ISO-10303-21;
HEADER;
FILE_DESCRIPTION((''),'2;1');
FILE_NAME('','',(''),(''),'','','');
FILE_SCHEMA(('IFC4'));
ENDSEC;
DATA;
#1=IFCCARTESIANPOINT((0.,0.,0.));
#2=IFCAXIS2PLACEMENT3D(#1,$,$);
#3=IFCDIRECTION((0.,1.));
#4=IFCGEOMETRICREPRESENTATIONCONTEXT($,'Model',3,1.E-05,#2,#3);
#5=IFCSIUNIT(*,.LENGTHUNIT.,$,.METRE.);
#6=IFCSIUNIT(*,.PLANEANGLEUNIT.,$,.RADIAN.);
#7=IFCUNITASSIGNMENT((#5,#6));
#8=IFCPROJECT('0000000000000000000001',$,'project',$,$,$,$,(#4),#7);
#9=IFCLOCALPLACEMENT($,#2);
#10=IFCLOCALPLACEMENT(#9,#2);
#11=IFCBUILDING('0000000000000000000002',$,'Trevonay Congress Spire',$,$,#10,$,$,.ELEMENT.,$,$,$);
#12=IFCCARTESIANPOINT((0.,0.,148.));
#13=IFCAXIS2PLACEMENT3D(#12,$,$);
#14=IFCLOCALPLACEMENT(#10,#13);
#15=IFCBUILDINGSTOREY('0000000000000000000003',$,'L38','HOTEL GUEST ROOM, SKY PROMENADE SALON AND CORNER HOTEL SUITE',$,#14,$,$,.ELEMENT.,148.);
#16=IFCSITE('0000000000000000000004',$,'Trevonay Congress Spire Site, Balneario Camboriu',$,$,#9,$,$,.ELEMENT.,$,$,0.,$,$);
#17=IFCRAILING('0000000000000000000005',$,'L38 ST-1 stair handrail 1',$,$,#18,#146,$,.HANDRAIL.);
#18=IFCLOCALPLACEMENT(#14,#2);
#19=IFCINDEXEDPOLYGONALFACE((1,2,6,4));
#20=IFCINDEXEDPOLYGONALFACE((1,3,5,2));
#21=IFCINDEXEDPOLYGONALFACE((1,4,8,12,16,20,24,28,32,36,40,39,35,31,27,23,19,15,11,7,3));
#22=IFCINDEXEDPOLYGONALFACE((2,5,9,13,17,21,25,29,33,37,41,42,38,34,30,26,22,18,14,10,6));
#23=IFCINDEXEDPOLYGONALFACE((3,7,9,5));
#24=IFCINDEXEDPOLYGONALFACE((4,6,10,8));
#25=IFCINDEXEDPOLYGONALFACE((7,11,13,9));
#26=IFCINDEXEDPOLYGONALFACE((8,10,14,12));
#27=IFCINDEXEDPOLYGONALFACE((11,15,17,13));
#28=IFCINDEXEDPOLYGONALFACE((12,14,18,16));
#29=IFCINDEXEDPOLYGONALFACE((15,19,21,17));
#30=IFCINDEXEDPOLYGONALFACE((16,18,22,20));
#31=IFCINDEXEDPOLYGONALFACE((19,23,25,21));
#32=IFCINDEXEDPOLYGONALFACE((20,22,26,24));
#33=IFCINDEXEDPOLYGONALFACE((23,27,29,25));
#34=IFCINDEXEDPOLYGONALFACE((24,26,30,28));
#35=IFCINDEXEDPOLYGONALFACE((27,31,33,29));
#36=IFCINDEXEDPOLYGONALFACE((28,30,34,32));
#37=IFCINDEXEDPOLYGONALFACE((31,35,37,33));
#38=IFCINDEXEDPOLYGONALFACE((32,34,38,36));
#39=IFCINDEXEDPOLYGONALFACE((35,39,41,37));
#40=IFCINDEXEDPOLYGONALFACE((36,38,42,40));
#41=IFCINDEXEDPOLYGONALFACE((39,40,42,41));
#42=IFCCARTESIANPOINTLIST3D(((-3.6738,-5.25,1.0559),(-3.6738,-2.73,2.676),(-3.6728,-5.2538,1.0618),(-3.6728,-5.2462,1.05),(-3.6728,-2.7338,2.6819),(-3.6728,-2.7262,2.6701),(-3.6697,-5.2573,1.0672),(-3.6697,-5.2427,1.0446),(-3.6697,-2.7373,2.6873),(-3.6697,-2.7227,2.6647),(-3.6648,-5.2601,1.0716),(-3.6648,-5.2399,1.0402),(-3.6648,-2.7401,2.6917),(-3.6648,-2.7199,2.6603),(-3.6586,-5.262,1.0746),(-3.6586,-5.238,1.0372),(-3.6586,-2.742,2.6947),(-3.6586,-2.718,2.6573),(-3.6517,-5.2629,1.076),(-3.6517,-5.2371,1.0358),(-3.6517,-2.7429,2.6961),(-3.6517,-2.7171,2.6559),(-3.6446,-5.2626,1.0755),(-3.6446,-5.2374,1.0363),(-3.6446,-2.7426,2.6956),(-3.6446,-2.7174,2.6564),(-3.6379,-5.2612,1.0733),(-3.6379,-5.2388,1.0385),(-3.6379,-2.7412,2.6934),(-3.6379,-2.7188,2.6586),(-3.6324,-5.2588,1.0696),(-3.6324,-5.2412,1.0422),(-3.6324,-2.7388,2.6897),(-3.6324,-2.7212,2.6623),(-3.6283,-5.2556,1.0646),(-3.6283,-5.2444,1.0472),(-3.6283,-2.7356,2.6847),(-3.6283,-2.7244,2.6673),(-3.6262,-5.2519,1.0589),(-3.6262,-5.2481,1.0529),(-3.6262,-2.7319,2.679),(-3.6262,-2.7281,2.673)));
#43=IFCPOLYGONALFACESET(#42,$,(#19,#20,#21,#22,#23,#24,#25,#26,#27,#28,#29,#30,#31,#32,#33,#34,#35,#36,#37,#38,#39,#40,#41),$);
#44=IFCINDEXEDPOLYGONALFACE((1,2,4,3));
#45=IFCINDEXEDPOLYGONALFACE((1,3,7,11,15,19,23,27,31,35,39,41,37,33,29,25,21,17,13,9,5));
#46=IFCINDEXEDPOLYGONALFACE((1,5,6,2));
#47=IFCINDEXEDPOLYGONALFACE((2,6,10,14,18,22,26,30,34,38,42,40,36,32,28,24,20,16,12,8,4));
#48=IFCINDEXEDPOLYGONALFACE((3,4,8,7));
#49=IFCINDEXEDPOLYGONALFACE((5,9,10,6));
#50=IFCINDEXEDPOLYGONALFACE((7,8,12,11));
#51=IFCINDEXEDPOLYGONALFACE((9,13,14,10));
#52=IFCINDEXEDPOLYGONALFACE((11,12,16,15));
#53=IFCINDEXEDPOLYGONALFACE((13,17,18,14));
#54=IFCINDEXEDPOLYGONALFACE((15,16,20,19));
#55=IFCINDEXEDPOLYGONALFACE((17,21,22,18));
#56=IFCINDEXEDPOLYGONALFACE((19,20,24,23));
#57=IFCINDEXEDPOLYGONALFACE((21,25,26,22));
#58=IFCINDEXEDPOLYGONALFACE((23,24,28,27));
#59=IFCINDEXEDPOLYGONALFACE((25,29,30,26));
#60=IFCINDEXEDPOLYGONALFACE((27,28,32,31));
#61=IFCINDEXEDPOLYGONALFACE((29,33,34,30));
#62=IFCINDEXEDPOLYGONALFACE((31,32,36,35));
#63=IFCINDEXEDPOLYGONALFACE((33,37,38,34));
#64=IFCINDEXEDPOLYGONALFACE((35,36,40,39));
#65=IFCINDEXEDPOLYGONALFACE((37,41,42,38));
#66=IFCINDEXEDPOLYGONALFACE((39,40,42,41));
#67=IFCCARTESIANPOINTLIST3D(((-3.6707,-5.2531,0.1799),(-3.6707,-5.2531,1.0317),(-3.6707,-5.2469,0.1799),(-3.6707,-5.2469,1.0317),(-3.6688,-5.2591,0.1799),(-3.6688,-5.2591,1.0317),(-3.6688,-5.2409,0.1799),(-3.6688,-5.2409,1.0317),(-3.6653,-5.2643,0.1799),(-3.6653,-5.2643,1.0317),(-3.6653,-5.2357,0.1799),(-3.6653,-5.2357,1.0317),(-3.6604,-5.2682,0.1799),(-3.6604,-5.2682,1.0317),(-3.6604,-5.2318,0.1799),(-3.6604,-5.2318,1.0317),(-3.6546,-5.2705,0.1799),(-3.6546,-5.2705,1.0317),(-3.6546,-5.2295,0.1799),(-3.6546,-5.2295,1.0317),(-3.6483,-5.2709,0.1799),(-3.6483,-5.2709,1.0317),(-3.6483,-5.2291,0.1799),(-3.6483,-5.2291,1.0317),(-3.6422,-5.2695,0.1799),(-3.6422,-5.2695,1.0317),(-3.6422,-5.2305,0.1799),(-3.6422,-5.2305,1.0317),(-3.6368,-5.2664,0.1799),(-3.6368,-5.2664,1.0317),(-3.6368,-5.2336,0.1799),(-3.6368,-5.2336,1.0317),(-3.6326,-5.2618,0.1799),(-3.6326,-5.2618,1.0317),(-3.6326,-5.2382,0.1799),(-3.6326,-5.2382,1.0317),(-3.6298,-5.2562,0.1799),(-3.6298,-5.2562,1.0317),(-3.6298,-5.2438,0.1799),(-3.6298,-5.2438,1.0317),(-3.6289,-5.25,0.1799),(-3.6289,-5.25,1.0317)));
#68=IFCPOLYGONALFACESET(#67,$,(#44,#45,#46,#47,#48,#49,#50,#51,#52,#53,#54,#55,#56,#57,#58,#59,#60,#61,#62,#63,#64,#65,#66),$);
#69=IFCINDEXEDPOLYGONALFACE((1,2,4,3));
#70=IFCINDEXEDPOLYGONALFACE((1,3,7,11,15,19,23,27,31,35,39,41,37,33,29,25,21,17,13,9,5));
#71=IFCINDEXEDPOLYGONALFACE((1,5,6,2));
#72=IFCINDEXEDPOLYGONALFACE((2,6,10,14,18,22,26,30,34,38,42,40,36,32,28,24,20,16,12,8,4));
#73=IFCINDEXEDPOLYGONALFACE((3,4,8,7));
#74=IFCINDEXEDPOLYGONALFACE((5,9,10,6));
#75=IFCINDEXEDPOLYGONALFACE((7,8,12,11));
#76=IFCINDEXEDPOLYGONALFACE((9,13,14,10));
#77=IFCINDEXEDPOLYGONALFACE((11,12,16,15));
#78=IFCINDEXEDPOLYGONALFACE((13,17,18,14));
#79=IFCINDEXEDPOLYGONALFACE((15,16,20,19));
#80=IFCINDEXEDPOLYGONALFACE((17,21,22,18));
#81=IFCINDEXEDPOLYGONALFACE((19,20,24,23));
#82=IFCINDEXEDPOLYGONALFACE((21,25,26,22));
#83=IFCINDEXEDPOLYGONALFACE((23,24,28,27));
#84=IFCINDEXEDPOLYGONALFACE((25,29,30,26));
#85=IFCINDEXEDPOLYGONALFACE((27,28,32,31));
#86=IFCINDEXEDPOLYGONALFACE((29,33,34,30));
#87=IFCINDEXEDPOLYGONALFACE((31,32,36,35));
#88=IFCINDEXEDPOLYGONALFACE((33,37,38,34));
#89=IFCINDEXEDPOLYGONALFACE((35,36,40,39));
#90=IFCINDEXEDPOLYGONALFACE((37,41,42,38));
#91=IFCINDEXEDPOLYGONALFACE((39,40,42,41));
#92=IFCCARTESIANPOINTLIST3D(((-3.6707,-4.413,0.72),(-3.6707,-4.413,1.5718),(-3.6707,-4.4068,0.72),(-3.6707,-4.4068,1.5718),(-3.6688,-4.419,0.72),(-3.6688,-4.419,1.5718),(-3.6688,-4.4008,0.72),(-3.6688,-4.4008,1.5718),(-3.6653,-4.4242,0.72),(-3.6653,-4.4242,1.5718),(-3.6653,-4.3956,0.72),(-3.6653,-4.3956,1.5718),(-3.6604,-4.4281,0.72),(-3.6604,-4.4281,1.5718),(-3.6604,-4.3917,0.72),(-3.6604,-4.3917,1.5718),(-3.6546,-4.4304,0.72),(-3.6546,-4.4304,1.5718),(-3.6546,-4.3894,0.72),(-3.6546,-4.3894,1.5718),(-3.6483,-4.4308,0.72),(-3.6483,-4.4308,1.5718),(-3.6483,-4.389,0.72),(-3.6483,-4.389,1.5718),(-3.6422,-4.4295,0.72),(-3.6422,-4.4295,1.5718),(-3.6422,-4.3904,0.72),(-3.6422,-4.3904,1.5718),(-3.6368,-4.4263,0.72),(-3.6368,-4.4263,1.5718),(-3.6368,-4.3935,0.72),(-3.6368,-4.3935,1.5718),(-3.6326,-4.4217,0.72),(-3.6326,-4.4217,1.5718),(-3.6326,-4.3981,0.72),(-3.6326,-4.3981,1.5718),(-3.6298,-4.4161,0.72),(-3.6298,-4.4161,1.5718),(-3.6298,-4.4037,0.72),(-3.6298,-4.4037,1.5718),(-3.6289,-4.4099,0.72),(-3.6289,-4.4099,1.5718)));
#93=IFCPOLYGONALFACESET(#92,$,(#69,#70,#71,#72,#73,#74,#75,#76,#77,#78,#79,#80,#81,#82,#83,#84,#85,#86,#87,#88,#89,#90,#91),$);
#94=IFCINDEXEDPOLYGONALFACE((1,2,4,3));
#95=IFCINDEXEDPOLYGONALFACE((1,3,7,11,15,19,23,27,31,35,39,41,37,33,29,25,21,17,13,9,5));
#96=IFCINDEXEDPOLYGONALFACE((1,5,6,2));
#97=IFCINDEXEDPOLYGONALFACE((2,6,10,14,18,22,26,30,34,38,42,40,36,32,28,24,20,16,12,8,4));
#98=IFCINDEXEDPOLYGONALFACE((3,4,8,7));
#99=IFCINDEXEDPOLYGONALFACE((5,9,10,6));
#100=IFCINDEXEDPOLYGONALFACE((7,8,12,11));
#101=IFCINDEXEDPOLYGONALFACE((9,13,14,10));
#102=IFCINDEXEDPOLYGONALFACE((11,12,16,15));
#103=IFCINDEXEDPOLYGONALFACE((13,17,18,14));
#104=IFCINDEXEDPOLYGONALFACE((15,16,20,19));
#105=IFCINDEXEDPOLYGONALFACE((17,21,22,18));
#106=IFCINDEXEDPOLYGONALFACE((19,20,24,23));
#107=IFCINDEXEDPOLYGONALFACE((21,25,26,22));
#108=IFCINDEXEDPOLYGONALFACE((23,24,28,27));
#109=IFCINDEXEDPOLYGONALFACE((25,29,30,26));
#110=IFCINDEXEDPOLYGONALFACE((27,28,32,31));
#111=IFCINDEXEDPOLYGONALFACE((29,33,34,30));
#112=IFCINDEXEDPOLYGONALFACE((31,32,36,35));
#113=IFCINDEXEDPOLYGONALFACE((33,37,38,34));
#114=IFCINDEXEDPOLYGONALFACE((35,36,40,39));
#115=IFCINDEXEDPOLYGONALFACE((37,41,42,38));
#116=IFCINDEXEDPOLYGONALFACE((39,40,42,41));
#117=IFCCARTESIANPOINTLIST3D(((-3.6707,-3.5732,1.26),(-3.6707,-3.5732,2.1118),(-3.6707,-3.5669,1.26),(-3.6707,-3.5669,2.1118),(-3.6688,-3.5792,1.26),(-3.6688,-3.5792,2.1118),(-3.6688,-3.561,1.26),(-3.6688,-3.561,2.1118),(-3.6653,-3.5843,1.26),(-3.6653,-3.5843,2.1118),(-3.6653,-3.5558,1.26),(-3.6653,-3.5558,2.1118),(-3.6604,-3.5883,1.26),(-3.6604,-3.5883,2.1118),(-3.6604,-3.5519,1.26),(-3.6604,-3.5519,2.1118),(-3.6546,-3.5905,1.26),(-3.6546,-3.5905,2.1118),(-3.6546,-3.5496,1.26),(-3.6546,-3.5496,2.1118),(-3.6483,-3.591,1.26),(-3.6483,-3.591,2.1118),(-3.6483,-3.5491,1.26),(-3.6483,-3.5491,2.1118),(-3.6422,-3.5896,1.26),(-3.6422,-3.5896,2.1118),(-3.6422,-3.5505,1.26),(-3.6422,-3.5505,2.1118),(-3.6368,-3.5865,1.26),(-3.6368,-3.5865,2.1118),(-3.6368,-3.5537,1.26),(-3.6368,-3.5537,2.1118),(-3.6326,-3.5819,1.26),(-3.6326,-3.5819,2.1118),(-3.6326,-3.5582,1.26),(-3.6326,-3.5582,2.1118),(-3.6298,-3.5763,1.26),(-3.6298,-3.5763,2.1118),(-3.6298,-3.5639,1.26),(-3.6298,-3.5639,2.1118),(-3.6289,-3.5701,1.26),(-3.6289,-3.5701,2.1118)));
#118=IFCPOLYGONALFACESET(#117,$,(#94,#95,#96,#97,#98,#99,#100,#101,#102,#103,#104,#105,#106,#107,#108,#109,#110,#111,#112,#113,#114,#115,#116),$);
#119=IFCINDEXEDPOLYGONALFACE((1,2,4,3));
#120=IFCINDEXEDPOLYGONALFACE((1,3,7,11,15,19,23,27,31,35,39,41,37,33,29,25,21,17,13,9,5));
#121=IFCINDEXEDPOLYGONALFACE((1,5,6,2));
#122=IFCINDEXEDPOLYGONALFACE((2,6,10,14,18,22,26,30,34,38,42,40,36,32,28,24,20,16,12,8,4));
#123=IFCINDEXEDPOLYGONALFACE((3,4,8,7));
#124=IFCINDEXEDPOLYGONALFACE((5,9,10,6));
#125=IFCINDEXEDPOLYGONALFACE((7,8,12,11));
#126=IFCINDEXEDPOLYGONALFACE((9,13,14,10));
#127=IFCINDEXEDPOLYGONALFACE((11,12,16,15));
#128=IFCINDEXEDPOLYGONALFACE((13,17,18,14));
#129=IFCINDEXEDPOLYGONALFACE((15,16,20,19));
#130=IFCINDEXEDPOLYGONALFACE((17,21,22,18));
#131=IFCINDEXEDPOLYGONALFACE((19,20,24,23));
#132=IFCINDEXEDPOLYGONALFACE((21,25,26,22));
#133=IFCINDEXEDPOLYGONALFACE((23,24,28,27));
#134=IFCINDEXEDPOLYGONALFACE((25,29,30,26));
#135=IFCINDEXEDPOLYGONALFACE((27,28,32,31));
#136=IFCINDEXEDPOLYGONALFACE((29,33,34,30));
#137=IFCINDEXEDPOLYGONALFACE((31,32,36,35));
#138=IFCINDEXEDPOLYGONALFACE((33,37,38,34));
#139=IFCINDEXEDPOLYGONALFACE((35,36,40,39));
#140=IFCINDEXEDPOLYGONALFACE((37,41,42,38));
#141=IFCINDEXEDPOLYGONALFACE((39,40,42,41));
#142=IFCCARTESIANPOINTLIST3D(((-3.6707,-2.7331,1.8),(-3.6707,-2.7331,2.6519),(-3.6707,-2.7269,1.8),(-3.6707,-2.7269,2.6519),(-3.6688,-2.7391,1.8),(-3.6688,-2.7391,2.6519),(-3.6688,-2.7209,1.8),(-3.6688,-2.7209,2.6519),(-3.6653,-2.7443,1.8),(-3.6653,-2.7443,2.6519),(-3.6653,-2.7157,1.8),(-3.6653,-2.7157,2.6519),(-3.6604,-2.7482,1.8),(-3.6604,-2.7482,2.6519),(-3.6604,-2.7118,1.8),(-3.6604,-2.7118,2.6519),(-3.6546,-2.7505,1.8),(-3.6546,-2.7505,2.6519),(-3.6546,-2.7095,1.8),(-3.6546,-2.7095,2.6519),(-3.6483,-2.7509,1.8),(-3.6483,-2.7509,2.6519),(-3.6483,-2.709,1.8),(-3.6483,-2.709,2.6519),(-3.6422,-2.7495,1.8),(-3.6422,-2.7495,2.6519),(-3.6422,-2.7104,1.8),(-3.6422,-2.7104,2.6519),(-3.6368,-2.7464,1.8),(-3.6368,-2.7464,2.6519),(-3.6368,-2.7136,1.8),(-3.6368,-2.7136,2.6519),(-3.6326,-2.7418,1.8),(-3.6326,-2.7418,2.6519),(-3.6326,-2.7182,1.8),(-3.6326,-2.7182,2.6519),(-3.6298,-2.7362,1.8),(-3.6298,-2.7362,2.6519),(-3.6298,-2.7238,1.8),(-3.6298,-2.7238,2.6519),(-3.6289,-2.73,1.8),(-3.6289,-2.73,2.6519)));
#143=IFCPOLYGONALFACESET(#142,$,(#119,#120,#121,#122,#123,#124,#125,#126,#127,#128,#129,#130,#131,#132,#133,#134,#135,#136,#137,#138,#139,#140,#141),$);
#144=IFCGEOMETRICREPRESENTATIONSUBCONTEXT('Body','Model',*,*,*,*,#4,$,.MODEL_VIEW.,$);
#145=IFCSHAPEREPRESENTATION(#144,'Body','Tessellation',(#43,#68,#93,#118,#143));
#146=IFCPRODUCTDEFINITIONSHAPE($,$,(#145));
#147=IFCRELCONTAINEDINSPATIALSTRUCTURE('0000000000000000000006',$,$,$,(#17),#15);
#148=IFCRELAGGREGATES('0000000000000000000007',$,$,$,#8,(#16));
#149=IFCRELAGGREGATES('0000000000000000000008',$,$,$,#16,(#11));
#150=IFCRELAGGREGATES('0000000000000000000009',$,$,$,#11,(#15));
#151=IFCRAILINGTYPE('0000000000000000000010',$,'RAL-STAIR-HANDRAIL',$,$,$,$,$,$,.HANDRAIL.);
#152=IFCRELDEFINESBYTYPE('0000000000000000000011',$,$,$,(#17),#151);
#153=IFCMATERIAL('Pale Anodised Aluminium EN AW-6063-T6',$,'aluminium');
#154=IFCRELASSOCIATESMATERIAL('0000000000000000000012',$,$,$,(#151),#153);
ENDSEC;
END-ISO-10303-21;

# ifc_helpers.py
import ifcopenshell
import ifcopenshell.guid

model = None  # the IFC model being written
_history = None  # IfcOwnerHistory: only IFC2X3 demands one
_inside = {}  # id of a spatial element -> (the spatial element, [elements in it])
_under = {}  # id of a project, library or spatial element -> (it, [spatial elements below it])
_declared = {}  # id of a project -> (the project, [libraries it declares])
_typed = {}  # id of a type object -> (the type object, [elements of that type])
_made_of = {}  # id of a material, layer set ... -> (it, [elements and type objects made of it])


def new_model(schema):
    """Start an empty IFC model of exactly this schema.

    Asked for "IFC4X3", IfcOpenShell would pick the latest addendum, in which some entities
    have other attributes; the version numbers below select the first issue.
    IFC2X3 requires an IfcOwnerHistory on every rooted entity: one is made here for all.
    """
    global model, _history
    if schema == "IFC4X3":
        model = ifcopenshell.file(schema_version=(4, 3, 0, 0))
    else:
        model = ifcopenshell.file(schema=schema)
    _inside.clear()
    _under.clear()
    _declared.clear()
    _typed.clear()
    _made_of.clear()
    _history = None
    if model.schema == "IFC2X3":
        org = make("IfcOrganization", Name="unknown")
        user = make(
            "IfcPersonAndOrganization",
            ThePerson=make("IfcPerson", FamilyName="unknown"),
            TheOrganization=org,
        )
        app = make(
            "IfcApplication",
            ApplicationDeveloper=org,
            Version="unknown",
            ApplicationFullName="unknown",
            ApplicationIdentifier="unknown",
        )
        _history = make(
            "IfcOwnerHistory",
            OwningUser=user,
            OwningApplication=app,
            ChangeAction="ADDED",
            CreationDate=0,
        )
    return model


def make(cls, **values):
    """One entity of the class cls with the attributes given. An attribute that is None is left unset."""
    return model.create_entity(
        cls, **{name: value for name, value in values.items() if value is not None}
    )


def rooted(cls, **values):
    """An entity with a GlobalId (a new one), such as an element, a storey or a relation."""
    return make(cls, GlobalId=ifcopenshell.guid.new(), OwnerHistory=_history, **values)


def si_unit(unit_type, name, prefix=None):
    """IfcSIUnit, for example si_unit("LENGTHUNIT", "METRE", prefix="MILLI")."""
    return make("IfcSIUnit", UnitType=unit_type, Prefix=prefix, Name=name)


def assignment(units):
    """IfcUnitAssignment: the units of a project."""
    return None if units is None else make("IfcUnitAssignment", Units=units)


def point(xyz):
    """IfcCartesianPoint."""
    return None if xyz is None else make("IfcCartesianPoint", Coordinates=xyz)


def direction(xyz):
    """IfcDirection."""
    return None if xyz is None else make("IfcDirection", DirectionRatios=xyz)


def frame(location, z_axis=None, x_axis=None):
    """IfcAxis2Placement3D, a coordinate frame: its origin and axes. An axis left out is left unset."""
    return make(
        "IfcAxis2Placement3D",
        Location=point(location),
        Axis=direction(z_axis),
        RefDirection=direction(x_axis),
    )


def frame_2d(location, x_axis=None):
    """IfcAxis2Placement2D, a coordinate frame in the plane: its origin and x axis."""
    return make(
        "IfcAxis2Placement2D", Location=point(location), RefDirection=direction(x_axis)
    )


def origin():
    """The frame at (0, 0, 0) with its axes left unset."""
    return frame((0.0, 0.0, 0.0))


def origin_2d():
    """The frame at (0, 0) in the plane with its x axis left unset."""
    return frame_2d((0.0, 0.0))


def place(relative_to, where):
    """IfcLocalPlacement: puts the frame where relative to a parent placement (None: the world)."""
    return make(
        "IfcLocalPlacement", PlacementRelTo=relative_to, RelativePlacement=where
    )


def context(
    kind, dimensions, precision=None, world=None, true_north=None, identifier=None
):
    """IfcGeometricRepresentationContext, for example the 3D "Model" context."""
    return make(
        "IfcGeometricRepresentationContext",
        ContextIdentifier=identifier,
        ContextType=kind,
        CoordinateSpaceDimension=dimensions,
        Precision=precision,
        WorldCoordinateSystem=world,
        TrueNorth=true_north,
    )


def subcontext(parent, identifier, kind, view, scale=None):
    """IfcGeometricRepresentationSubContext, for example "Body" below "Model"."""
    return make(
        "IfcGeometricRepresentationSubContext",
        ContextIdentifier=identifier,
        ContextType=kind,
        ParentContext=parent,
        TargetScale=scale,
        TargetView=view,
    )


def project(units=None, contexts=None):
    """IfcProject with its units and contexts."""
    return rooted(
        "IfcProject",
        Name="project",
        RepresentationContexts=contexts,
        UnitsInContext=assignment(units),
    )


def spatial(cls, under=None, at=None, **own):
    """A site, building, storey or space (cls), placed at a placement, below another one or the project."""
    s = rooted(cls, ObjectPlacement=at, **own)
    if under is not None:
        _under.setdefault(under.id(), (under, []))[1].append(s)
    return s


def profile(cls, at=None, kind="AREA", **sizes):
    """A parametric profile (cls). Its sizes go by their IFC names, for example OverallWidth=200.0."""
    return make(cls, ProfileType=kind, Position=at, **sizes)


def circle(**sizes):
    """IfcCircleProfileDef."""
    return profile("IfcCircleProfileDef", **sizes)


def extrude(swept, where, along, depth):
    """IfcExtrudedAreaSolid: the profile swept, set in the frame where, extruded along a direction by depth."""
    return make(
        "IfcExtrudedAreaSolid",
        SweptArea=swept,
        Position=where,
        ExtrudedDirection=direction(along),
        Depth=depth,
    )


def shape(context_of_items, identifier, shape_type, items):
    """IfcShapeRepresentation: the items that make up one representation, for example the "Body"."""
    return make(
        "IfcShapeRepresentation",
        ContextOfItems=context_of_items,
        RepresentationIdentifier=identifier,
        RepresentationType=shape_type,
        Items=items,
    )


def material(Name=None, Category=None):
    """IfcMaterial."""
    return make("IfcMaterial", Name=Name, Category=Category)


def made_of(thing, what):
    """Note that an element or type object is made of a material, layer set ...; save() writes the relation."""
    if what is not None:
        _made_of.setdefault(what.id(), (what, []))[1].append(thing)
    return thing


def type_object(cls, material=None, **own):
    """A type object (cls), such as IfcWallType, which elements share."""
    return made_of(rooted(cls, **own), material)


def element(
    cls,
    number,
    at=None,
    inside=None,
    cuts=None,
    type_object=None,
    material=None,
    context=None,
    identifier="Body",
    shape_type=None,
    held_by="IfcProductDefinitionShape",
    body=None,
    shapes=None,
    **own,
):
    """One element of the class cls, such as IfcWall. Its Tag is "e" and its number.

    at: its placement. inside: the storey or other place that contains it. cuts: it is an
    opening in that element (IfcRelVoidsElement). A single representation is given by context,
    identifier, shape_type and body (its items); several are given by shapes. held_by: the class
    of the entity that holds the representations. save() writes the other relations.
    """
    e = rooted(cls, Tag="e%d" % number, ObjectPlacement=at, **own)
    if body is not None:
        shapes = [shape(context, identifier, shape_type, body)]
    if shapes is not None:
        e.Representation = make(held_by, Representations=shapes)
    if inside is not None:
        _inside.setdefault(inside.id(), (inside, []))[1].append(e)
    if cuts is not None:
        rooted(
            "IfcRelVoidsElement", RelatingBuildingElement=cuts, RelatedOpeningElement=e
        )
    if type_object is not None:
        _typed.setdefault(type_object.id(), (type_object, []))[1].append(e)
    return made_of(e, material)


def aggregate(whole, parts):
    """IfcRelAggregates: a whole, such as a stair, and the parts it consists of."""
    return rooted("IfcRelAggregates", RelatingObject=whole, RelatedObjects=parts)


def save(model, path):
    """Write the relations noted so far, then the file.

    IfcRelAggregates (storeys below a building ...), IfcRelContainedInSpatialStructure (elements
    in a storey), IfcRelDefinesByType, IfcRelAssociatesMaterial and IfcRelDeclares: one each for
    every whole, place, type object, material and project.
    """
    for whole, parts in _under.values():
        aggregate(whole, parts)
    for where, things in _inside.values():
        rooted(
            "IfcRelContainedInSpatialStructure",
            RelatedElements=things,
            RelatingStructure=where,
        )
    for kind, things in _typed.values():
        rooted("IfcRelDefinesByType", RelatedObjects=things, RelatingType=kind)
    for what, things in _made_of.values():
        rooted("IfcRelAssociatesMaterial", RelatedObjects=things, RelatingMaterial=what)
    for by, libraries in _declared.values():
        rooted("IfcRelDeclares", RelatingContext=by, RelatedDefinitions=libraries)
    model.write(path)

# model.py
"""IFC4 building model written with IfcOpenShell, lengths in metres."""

from ifc_helpers import new_model, si_unit, direction, frame, origin, origin_2d, place, context, subcontext, project, spatial, circle, extrude, material, type_object, element, save


model = new_model("IFC4")

# Units and contexts
model_context = context("Model", 3, precision=1e-05, world=origin(), true_north=direction((0.0, 1.0)))
body_context = subcontext(model_context, "Body", "Model", "MODEL_VIEW")
ifc_project = project(units=[si_unit("LENGTHUNIT", "METRE"), si_unit("PLANEANGLEUNIT", "RADIAN")], contexts=[model_context])

# Site, building, storey
site_placement = place(None, origin())
site = spatial("IfcSite", under=ifc_project, at=site_placement, Name="Trevonay Congress Spire Site, Balneario Camboriu", CompositionType="ELEMENT", RefElevation=0.0)
building_placement = place(site_placement, origin())
building = spatial("IfcBuilding", under=site, at=building_placement, Name="Trevonay Congress Spire", CompositionType="ELEMENT")
storey_placement = place(building_placement, frame((0.0, 0.0, 148.0)))
storey = spatial("IfcBuildingStorey", under=building, at=storey_placement, Name="L38", Description="HOTEL GUEST ROOM, SKY PROMENADE SALON AND CORNER HOTEL SUITE", CompositionType="ELEMENT", Elevation=148.0)

# Railing
ifc_material_1 = material(Name="Pale Anodised Aluminium EN AW-6063-T6", Category="aluminium")
railing_type_1 = type_object("IfcRailingType", Name="RAL-STAIR-HANDRAIL", PredefinedType="HANDRAIL", material=ifc_material_1)
railing_1_placement = place(storey_placement, frame((-3.6499, -5.25, 0.1799)))
element("IfcRailing", 1, at=railing_1_placement, inside=storey, type_object=railing_type_1, Name="L38 ST-1 stair handrail 1", PredefinedType="HANDRAIL", context=body_context, shape_type="SweptSolid", body=[
    extrude(circle(Radius=0.0239, at=origin_2d()), frame((0.0, 0.0, 0.876), z_axis=(0.0, 0.841163, 0.540782), x_axis=(-1.0, 0.0, 0.0)), (0.0, 0.0, 1.0), 2.9958),
    extrude(circle(Radius=0.021, at=origin_2d()), origin(), (0.0, 0.0, 1.0), 0.8518),
    extrude(circle(Radius=0.021, at=origin_2d()), frame((0.0, 0.8401, 0.54)), (0.0, 0.0, 1.0), 0.8518),
    extrude(circle(Radius=0.021, at=origin_2d()), frame((0.0, 1.6799, 1.0801)), (0.0, 0.0, 1.0), 0.8518),
    extrude(circle(Radius=0.021, at=origin_2d()), frame((0.0, 2.52, 1.6201)), (0.0, 0.0, 1.0), 0.8518),
])

save(model, "model.ifc")
